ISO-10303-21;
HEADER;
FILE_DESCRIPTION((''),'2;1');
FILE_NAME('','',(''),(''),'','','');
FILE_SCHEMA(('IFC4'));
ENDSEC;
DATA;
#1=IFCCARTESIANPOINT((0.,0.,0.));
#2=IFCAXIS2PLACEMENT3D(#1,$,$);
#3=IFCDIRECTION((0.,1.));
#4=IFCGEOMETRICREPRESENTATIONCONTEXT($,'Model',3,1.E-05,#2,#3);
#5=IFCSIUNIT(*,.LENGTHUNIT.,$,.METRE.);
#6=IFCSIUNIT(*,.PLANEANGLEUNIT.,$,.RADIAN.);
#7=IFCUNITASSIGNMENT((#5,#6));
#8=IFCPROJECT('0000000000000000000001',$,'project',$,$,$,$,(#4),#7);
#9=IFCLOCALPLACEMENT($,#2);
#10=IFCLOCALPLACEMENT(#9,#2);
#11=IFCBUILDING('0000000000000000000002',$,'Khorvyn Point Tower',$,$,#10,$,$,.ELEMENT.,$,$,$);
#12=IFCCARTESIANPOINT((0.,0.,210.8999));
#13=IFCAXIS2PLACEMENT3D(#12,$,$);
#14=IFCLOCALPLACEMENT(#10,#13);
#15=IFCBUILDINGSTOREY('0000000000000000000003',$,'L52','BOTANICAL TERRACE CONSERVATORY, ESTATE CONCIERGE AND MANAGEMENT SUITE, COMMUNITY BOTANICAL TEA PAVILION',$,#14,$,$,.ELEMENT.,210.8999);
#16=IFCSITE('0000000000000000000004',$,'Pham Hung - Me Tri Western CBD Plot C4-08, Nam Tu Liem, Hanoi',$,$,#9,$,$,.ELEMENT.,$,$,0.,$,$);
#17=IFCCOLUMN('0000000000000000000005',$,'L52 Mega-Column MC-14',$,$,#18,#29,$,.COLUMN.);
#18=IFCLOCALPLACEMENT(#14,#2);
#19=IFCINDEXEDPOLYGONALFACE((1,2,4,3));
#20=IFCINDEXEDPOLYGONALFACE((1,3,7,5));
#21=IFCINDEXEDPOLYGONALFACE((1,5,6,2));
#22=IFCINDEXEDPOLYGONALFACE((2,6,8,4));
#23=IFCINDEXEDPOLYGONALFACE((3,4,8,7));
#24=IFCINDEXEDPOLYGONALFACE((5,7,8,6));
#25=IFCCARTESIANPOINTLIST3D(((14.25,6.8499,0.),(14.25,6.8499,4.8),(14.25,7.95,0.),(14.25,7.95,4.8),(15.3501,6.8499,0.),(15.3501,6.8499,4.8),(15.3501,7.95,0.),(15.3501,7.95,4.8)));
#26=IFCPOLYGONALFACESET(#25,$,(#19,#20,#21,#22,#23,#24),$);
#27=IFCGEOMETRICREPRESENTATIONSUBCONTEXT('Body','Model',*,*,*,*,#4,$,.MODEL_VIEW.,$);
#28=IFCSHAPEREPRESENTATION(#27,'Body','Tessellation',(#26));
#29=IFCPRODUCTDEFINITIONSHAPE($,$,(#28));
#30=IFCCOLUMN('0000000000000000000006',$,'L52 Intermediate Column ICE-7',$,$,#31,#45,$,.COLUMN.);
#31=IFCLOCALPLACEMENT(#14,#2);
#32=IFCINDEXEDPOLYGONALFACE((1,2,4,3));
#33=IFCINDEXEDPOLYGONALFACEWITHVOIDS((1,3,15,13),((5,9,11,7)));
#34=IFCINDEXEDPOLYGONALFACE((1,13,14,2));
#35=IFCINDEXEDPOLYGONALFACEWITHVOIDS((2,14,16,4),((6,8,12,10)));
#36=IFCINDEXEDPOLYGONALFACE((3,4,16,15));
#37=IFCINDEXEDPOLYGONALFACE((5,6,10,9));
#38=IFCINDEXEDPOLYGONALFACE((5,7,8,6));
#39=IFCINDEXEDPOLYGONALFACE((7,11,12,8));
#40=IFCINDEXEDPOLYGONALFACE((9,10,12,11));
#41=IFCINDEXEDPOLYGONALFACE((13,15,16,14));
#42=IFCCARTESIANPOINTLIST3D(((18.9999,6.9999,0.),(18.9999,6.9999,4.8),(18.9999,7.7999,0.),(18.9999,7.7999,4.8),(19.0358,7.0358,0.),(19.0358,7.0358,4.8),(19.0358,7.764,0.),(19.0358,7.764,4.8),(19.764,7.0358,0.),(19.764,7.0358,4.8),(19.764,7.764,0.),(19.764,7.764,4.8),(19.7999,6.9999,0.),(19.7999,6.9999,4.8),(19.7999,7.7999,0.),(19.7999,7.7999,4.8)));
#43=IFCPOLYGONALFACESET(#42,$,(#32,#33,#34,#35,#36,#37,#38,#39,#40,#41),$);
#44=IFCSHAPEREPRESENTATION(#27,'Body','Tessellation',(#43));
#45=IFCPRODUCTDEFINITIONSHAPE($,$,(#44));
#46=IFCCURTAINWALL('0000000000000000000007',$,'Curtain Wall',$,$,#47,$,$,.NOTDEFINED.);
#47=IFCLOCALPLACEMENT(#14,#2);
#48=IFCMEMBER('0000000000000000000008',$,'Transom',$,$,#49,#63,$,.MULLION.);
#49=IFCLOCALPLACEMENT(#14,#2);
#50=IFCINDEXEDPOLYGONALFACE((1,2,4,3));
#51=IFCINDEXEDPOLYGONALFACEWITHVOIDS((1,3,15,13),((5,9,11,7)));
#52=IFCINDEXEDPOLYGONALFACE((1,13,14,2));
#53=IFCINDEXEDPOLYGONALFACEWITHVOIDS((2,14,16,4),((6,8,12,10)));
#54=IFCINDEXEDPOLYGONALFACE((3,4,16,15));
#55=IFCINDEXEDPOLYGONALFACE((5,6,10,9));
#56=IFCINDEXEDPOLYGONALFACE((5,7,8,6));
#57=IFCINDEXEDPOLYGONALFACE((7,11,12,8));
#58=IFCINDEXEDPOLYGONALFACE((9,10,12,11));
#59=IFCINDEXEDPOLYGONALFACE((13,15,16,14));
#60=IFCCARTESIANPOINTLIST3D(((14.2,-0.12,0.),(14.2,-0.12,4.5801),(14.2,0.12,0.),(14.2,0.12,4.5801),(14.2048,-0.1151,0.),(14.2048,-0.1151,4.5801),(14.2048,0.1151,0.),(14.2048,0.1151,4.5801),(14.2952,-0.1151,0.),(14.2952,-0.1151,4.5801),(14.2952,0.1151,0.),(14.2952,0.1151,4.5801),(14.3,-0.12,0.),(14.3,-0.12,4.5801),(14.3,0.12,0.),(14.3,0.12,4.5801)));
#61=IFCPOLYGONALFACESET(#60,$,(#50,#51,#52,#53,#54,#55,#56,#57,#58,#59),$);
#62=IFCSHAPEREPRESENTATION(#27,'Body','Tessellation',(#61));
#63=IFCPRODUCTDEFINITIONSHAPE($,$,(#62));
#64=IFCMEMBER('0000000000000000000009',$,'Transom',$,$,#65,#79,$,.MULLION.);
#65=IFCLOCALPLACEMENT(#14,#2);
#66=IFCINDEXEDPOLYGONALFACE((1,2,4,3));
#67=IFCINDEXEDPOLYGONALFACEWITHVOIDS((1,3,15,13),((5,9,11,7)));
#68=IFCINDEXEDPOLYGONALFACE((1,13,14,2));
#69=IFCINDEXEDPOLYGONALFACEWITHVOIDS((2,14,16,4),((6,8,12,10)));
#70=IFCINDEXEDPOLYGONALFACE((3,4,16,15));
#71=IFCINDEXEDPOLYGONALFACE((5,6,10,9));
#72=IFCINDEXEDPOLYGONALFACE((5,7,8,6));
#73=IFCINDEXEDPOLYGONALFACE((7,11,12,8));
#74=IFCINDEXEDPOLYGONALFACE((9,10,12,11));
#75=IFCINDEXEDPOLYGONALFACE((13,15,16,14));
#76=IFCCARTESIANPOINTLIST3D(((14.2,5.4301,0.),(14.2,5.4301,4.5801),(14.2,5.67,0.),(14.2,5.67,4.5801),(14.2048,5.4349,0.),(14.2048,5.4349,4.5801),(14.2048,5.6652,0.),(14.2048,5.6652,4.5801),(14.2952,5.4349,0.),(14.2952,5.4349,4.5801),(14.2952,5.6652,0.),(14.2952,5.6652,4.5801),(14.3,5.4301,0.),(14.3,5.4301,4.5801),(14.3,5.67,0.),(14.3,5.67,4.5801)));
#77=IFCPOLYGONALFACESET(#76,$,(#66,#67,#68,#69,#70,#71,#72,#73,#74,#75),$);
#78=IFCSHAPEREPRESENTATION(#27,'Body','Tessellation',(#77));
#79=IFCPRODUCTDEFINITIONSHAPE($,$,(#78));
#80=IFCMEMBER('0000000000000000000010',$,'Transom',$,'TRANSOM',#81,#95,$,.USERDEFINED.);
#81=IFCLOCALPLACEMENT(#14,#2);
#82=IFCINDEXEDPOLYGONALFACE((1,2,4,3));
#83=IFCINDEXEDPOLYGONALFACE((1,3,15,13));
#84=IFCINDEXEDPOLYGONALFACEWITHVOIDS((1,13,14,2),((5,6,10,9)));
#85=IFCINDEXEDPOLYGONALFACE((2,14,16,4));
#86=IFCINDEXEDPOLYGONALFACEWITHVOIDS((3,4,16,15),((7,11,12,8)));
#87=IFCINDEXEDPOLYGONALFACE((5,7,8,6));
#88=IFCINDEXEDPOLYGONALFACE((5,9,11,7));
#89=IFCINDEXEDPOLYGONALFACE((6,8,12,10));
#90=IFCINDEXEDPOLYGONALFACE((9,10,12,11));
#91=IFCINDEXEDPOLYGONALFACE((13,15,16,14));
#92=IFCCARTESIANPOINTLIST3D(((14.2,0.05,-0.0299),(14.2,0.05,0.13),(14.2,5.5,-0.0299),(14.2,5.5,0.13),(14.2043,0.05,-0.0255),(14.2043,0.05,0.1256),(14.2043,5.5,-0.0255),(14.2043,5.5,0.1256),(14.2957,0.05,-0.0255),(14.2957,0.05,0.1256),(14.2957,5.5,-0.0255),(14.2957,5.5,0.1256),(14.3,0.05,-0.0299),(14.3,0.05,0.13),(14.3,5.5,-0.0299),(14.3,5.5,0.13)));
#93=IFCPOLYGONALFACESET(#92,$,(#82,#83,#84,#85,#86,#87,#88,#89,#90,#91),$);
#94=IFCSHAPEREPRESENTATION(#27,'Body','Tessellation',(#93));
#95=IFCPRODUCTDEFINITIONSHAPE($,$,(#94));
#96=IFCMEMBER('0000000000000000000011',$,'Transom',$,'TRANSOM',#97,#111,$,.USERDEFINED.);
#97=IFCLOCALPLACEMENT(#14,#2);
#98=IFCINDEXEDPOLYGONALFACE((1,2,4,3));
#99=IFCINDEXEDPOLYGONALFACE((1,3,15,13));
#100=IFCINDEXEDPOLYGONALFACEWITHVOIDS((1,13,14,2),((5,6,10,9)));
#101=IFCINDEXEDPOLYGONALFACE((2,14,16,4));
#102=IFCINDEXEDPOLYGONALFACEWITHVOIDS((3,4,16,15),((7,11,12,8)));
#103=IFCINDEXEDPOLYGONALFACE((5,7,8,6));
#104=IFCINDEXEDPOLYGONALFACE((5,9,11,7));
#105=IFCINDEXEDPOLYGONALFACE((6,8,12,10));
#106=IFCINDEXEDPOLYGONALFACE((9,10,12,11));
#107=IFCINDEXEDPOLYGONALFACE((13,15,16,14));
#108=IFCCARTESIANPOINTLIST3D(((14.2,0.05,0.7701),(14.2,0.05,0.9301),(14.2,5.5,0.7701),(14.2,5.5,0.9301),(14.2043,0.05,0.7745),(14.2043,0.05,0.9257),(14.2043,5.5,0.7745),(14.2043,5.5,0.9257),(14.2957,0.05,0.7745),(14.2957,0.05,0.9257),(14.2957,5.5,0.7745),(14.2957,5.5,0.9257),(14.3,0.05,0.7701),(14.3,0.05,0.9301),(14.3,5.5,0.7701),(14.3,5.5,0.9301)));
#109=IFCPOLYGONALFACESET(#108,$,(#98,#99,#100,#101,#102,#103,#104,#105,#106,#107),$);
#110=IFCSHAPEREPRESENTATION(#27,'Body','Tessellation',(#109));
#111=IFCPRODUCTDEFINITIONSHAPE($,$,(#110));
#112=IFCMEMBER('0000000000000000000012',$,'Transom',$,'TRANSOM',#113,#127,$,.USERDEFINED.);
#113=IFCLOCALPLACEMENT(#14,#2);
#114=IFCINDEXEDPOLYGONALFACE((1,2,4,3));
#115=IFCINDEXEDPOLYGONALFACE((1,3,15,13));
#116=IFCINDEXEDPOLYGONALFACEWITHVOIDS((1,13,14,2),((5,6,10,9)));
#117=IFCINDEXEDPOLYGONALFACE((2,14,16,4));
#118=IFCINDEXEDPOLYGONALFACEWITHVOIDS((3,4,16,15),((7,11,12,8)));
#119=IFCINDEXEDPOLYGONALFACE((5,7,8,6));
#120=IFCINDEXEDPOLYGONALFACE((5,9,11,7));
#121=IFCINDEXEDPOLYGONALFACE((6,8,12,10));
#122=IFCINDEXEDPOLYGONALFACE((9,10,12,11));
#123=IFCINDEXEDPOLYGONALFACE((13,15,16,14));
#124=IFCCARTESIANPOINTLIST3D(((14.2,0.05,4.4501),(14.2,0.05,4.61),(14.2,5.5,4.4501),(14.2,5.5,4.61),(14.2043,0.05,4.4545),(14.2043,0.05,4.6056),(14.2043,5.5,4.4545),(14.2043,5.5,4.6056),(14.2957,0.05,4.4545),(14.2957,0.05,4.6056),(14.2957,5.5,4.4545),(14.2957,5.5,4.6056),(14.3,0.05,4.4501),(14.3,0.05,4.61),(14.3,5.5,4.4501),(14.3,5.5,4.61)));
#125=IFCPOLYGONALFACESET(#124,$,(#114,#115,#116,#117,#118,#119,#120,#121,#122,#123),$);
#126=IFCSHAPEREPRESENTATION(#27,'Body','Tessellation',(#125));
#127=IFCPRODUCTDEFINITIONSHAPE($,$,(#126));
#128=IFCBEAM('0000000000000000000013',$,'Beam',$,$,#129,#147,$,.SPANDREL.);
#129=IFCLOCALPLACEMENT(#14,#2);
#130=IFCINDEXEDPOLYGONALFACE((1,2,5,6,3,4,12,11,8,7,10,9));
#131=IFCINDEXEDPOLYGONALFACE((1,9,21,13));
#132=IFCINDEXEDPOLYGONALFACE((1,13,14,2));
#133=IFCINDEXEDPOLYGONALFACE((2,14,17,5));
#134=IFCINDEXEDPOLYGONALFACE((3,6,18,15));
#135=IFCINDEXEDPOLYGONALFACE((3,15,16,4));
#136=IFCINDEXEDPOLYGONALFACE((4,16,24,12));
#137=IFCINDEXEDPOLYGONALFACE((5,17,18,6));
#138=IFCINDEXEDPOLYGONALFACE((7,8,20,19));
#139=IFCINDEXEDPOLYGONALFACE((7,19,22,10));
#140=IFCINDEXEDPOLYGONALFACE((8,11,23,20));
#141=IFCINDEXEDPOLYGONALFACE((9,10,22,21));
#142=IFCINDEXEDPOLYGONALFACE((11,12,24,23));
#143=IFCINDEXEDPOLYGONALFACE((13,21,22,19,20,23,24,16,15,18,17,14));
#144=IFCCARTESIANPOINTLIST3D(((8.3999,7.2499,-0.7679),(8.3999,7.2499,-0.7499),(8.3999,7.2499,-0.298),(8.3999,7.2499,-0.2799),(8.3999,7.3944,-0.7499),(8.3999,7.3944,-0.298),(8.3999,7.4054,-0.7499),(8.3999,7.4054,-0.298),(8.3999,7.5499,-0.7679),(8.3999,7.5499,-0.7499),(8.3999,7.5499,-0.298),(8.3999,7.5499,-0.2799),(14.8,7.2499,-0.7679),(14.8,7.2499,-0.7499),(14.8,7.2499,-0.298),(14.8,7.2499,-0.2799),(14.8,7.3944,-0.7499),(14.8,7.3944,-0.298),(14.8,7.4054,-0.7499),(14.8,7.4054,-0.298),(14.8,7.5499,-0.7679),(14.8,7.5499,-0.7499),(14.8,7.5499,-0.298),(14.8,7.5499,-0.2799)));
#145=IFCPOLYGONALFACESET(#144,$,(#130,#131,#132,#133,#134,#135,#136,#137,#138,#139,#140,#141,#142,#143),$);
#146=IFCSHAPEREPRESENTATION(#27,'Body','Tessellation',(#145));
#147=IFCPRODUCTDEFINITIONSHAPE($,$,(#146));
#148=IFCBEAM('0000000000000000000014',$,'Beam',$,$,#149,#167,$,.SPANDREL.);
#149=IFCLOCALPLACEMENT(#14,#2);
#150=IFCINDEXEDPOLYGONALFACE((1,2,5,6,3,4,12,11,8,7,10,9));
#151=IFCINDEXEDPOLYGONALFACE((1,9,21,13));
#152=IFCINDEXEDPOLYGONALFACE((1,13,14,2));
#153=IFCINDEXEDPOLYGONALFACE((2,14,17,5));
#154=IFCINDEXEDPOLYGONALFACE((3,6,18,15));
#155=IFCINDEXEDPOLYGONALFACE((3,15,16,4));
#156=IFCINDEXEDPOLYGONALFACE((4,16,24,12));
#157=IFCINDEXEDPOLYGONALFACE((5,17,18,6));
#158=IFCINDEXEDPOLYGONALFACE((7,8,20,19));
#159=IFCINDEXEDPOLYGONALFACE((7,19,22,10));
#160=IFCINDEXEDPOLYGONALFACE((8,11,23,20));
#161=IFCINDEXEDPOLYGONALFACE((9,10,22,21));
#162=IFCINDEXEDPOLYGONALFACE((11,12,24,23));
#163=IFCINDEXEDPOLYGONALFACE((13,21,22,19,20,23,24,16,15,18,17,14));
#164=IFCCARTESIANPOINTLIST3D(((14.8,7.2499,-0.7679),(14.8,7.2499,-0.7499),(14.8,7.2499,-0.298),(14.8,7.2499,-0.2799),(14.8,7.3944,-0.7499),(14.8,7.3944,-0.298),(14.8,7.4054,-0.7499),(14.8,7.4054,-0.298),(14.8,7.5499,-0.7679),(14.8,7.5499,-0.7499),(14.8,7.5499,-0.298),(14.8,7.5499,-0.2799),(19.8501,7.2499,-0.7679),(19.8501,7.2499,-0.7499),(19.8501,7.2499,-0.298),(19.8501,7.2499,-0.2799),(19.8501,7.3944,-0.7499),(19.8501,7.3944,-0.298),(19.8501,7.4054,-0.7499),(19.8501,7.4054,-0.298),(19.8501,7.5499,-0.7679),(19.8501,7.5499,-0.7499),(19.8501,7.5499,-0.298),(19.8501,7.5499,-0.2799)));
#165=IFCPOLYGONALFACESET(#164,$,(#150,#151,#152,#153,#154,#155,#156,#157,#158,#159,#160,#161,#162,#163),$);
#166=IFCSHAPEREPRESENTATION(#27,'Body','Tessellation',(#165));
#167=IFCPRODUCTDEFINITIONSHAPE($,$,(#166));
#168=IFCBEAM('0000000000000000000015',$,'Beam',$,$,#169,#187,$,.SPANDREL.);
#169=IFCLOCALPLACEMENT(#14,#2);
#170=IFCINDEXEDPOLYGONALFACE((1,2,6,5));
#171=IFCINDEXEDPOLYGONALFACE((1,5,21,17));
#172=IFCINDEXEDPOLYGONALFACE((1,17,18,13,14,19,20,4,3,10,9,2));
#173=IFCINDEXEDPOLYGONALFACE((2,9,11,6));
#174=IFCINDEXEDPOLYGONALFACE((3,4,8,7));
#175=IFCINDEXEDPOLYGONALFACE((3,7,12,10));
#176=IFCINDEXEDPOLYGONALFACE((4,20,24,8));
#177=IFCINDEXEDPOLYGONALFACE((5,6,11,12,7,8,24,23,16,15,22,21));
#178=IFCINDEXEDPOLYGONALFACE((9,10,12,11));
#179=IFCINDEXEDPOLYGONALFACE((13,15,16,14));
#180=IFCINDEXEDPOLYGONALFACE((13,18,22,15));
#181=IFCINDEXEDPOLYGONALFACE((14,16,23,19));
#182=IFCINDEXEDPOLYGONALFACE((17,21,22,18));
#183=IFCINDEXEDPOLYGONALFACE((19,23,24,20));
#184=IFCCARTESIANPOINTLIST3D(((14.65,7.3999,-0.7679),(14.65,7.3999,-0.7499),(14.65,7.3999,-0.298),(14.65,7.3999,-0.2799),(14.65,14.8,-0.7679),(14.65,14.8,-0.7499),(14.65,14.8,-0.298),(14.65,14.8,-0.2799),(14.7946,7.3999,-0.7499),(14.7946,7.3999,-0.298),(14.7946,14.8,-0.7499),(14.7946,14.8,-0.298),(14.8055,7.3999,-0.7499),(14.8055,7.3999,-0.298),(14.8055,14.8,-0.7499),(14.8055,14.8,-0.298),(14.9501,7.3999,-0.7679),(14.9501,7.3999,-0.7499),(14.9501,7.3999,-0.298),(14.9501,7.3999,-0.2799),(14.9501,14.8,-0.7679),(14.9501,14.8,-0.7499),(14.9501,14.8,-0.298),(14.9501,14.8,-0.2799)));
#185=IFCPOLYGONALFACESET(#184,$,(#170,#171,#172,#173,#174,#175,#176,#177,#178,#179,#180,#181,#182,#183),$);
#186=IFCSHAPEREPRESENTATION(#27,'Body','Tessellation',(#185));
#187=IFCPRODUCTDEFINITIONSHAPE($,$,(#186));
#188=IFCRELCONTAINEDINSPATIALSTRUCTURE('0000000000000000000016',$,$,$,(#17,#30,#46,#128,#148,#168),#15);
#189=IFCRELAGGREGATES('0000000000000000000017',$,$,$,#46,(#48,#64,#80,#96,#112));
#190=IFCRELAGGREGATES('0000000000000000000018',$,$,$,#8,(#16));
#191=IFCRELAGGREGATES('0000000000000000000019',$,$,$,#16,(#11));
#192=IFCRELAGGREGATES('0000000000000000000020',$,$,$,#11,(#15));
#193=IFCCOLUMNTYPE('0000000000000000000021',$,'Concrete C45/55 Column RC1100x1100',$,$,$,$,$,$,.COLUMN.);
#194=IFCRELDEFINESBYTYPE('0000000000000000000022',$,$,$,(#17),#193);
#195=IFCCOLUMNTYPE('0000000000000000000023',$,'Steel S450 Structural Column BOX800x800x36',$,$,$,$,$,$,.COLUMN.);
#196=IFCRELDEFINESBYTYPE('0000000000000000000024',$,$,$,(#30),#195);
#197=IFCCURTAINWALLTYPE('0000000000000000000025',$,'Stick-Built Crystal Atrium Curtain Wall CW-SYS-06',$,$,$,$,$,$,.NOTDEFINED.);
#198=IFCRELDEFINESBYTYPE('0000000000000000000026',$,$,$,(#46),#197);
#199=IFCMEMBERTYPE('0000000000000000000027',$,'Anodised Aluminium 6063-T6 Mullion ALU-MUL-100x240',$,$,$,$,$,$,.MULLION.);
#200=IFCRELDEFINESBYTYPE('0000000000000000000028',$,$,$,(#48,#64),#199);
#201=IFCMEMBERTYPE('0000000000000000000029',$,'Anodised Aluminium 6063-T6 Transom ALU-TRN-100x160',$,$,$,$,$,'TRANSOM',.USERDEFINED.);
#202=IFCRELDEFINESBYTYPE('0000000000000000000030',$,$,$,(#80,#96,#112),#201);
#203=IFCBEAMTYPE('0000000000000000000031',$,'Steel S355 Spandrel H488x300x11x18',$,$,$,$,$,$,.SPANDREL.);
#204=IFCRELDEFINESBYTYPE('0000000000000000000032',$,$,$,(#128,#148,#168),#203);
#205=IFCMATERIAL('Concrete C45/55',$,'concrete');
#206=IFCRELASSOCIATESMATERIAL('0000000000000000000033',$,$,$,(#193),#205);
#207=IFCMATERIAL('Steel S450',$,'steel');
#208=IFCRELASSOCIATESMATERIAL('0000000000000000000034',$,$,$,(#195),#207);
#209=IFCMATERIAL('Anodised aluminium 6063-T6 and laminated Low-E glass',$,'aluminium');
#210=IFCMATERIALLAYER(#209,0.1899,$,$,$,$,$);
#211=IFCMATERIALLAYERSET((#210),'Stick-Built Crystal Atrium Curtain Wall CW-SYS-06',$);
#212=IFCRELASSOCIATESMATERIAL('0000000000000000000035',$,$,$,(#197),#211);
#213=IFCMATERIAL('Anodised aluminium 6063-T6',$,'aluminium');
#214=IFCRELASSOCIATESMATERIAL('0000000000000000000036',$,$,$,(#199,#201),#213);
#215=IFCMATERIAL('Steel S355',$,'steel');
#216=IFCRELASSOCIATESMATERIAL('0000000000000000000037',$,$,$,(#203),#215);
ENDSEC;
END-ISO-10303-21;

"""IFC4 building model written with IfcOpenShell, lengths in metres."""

from ifc_helpers import new_model, si_unit, direction, frame, origin, origin_2d, place, context, subcontext, project, spatial, rectangle, hollow_rectangle, i_section, extrude, material, layer, layer_set, material_profile, profile_set, type_object, element, aggregate, save


model = new_model("IFC4")

# Units and contexts
model_context = context("Model", 3, precision=1e-05, world=origin(), true_north=direction((0.0, 1.0)))
body_context = subcontext(model_context, "Body", "Model", "MODEL_VIEW")
ifc_project = project(units=[si_unit("LENGTHUNIT", "METRE"), si_unit("PLANEANGLEUNIT", "RADIAN")], contexts=[model_context])

# Site, building, storey
site_placement = place(None, origin())
site = spatial("IfcSite", under=ifc_project, at=site_placement, Name="Pham Hung - Me Tri Western CBD Plot C4-08, Nam Tu Liem, Hanoi", CompositionType="ELEMENT", RefElevation=0.0)
building_placement = place(site_placement, origin())
building = spatial("IfcBuilding", under=site, at=building_placement, Name="Khorvyn Point Tower", CompositionType="ELEMENT")
storey_placement = place(building_placement, frame((0.0, 0.0, 210.8999)))
storey = spatial("IfcBuildingStorey", under=building, at=storey_placement, Name="L52", Description="BOTANICAL TERRACE CONSERVATORY, ESTATE CONCIERGE AND MANAGEMENT SUITE, COMMUNITY BOTANICAL TEA PAVILION", CompositionType="ELEMENT", Elevation=210.8999)

# Columns
ifc_material_1 = material(Name="Concrete C45/55", Category="concrete")
ifc_material_profile_1 = material_profile(ifc_material_1, rectangle(XDim=1.1001, YDim=1.1001, at=origin_2d()))
ifc_profile_set_1 = profile_set([ifc_material_profile_1], Name="Concrete C45/55 RC1100x1100")
column_type_1 = type_object("IfcColumnType", Name="Concrete C45/55 Column RC1100x1100", PredefinedType="COLUMN", material=ifc_profile_set_1)
column_1_placement = place(storey_placement, frame((14.8, 7.3999, 0.0), z_axis=(0.0, 0.0, 1.0), x_axis=(1.0, 0.0, 0.0)))
element("IfcColumn", 1, at=column_1_placement, inside=storey, type_object=column_type_1, Name="L52 Mega-Column MC-14", PredefinedType="COLUMN", context=body_context, shape_type="SweptSolid", body=[
    extrude(rectangle(XDim=1.1001, YDim=1.1001, at=origin_2d()), origin(), (0.0, 0.0, 1.0), 4.8),
])
ifc_material_2 = material(Name="Steel S450", Category="steel")
ifc_material_profile_2 = material_profile(ifc_material_2, hollow_rectangle(XDim=0.8, YDim=0.8, WallThickness=0.0359, at=origin_2d()))
ifc_profile_set_2 = profile_set([ifc_material_profile_2], Name="Steel S450 BOX800x800x36")
column_type_2 = type_object("IfcColumnType", Name="Steel S450 Structural Column BOX800x800x36", PredefinedType="COLUMN", material=ifc_profile_set_2)
column_2_placement = place(storey_placement, frame((19.3999, 7.3999, 0.0), z_axis=(0.0, 0.0, 1.0), x_axis=(1.0, 0.0, 0.0)))
element("IfcColumn", 2, at=column_2_placement, inside=storey, type_object=column_type_2, Name="L52 Intermediate Column ICE-7", PredefinedType="COLUMN", context=body_context, shape_type="SweptSolid", body=[
    extrude(hollow_rectangle(XDim=0.8, YDim=0.8, WallThickness=0.0359, at=origin_2d()), origin(), (0.0, 0.0, 1.0), 4.8),
])

# Curtain wall, members
ifc_material_3 = material(Name="Anodised aluminium 6063-T6 and laminated Low-E glass", Category="aluminium")
ifc_layer_1 = layer(ifc_material_3, 0.1899)
ifc_layer_set_1 = layer_set([ifc_layer_1], Name="Stick-Built Crystal Atrium Curtain Wall CW-SYS-06")
curtain_wall_type_1 = type_object("IfcCurtainWallType", Name="Stick-Built Crystal Atrium Curtain Wall CW-SYS-06", PredefinedType="NOTDEFINED", material=ifc_layer_set_1)
curtain_wall_1_placement = place(storey_placement, origin())
curtain_wall_1 = element("IfcCurtainWall", 3, at=curtain_wall_1_placement, inside=storey, type_object=curtain_wall_type_1, Name="Curtain Wall", PredefinedType="NOTDEFINED")
ifc_material_4 = material(Name="Anodised aluminium 6063-T6", Category="aluminium")
ifc_material_profile_3 = material_profile(ifc_material_4, hollow_rectangle(XDim=0.1001, YDim=0.24, WallThickness=0.0049, at=origin_2d()))
ifc_profile_set_3 = profile_set([ifc_material_profile_3], Name="Anodised aluminium 6063-T6 ALU-MUL-100x240")
member_type_1 = type_object("IfcMemberType", Name="Anodised Aluminium 6063-T6 Mullion ALU-MUL-100x240", PredefinedType="MULLION", material=ifc_profile_set_3)
member_1_placement = place(storey_placement, frame((14.25, 0.0, 0.0), z_axis=(0.0, 0.0, 1.0), x_axis=(-1.0, 0.0, 0.0)))
member_1 = element("IfcMember", 4, at=member_1_placement, type_object=member_type_1, Name="Transom", PredefinedType="MULLION", context=body_context, shape_type="SweptSolid", body=[
    extrude(hollow_rectangle(XDim=0.1001, YDim=0.24, WallThickness=0.0049, at=origin_2d()), origin(), (0.0, 0.0, 1.0), 4.5801),
])
member_2_placement = place(storey_placement, frame((14.25, 5.55, 0.0), z_axis=(0.0, 0.0, 1.0), x_axis=(-1.0, 0.0, 0.0)))
member_2 = element("IfcMember", 5, at=member_2_placement, type_object=member_type_1, Name="Transom", PredefinedType="MULLION", context=body_context, shape_type="SweptSolid", body=[
    extrude(hollow_rectangle(XDim=0.1001, YDim=0.24, WallThickness=0.0049, at=origin_2d()), origin(), (0.0, 0.0, 1.0), 4.5801),
])
ifc_material_profile_4 = material_profile(ifc_material_4, hollow_rectangle(XDim=0.1001, YDim=0.1599, WallThickness=0.0044, at=origin_2d()))
ifc_profile_set_4 = profile_set([ifc_material_profile_4], Name="Anodised aluminium 6063-T6 ALU-TRN-100x160")
member_type_2 = type_object("IfcMemberType", Name="Anodised Aluminium 6063-T6 Transom ALU-TRN-100x160", ElementType="TRANSOM", PredefinedType="USERDEFINED", material=ifc_profile_set_4)
member_3_placement = place(storey_placement, frame((14.25, 0.05, 0.05), z_axis=(0.0, 1.0, 0.0), x_axis=(-1.0, 0.0, 0.0)))
member_3 = element("IfcMember", 6, at=member_3_placement, type_object=member_type_2, Name="Transom", ObjectType="TRANSOM", PredefinedType="USERDEFINED", context=body_context, shape_type="SweptSolid", body=[
    extrude(hollow_rectangle(XDim=0.1001, YDim=0.1599, WallThickness=0.0044, at=origin_2d()), origin(), (0.0, 0.0, 1.0), 5.45),
])
member_4_placement = place(storey_placement, frame((14.25, 0.05, 0.8501), z_axis=(0.0, 1.0, 0.0), x_axis=(-1.0, 0.0, 0.0)))
member_4 = element("IfcMember", 7, at=member_4_placement, type_object=member_type_2, Name="Transom", ObjectType="TRANSOM", PredefinedType="USERDEFINED", context=body_context, shape_type="SweptSolid", body=[
    extrude(hollow_rectangle(XDim=0.1001, YDim=0.1599, WallThickness=0.0044, at=origin_2d()), origin(), (0.0, 0.0, 1.0), 5.45),
])
member_5_placement = place(storey_placement, frame((14.25, 0.05, 4.53), z_axis=(0.0, 1.0, 0.0), x_axis=(-1.0, 0.0, 0.0)))
member_5 = element("IfcMember", 8, at=member_5_placement, type_object=member_type_2, Name="Transom", ObjectType="TRANSOM", PredefinedType="USERDEFINED", context=body_context, shape_type="SweptSolid", body=[
    extrude(hollow_rectangle(XDim=0.1001, YDim=0.1599, WallThickness=0.0044, at=origin_2d()), origin(), (0.0, 0.0, 1.0), 5.45),
])

# Beams
ifc_material_5 = material(Name="Steel S355", Category="steel")
ifc_material_profile_5 = material_profile(ifc_material_5, i_section(OverallWidth=0.3, OverallDepth=0.488, WebThickness=0.011, FlangeThickness=0.0181, at=origin_2d()))
ifc_profile_set_5 = profile_set([ifc_material_profile_5], Name="Steel S355 H488x300x11x18")
beam_type = type_object("IfcBeamType", Name="Steel S355 Spandrel H488x300x11x18", PredefinedType="SPANDREL", material=ifc_profile_set_5)
beam_1_placement = place(storey_placement, frame((8.3999, 7.3999, -0.5239), z_axis=(1.0, 0.0, 0.0), x_axis=(0.0, 1.0, 0.0)))
element("IfcBeam", 9, at=beam_1_placement, inside=storey, type_object=beam_type, Name="Beam", PredefinedType="SPANDREL", context=body_context, shape_type="SweptSolid", body=[
    extrude(i_section(OverallWidth=0.3, OverallDepth=0.488, WebThickness=0.011, FlangeThickness=0.0181, at=origin_2d()), origin(), (0.0, 0.0, 1.0), 6.4001),
])
beam_2_placement = place(storey_placement, frame((14.8, 7.3999, -0.5239), z_axis=(1.0, 0.0, 0.0), x_axis=(0.0, 1.0, 0.0)))
element("IfcBeam", 10, at=beam_2_placement, inside=storey, type_object=beam_type, Name="Beam", PredefinedType="SPANDREL", context=body_context, shape_type="SweptSolid", body=[
    extrude(i_section(OverallWidth=0.3, OverallDepth=0.488, WebThickness=0.011, FlangeThickness=0.0181, at=origin_2d()), origin(), (0.0, 0.0, 1.0), 5.05),
])
for number, where, z_axis, x_axis, name in (
    (11, (14.8, 7.3999, -0.5239), (0.0, 1.0, 0.0), (-1.0, 0.0, 0.0), "Beam"),
):
    element("IfcBeam", number, at=place(storey_placement, frame(where, z_axis=z_axis, x_axis=x_axis)), inside=storey, type_object=beam_type, Name=name, PredefinedType="SPANDREL", context=body_context, shape_type="SweptSolid", body=[
        extrude(i_section(OverallWidth=0.3, OverallDepth=0.488, WebThickness=0.011, FlangeThickness=0.0181, at=origin_2d()), origin(), (0.0, 0.0, 1.0), 7.4001),
    ])

aggregate(curtain_wall_1, [member_1, member_2, member_3, member_4, member_5])

save(model, "model.ifc")
